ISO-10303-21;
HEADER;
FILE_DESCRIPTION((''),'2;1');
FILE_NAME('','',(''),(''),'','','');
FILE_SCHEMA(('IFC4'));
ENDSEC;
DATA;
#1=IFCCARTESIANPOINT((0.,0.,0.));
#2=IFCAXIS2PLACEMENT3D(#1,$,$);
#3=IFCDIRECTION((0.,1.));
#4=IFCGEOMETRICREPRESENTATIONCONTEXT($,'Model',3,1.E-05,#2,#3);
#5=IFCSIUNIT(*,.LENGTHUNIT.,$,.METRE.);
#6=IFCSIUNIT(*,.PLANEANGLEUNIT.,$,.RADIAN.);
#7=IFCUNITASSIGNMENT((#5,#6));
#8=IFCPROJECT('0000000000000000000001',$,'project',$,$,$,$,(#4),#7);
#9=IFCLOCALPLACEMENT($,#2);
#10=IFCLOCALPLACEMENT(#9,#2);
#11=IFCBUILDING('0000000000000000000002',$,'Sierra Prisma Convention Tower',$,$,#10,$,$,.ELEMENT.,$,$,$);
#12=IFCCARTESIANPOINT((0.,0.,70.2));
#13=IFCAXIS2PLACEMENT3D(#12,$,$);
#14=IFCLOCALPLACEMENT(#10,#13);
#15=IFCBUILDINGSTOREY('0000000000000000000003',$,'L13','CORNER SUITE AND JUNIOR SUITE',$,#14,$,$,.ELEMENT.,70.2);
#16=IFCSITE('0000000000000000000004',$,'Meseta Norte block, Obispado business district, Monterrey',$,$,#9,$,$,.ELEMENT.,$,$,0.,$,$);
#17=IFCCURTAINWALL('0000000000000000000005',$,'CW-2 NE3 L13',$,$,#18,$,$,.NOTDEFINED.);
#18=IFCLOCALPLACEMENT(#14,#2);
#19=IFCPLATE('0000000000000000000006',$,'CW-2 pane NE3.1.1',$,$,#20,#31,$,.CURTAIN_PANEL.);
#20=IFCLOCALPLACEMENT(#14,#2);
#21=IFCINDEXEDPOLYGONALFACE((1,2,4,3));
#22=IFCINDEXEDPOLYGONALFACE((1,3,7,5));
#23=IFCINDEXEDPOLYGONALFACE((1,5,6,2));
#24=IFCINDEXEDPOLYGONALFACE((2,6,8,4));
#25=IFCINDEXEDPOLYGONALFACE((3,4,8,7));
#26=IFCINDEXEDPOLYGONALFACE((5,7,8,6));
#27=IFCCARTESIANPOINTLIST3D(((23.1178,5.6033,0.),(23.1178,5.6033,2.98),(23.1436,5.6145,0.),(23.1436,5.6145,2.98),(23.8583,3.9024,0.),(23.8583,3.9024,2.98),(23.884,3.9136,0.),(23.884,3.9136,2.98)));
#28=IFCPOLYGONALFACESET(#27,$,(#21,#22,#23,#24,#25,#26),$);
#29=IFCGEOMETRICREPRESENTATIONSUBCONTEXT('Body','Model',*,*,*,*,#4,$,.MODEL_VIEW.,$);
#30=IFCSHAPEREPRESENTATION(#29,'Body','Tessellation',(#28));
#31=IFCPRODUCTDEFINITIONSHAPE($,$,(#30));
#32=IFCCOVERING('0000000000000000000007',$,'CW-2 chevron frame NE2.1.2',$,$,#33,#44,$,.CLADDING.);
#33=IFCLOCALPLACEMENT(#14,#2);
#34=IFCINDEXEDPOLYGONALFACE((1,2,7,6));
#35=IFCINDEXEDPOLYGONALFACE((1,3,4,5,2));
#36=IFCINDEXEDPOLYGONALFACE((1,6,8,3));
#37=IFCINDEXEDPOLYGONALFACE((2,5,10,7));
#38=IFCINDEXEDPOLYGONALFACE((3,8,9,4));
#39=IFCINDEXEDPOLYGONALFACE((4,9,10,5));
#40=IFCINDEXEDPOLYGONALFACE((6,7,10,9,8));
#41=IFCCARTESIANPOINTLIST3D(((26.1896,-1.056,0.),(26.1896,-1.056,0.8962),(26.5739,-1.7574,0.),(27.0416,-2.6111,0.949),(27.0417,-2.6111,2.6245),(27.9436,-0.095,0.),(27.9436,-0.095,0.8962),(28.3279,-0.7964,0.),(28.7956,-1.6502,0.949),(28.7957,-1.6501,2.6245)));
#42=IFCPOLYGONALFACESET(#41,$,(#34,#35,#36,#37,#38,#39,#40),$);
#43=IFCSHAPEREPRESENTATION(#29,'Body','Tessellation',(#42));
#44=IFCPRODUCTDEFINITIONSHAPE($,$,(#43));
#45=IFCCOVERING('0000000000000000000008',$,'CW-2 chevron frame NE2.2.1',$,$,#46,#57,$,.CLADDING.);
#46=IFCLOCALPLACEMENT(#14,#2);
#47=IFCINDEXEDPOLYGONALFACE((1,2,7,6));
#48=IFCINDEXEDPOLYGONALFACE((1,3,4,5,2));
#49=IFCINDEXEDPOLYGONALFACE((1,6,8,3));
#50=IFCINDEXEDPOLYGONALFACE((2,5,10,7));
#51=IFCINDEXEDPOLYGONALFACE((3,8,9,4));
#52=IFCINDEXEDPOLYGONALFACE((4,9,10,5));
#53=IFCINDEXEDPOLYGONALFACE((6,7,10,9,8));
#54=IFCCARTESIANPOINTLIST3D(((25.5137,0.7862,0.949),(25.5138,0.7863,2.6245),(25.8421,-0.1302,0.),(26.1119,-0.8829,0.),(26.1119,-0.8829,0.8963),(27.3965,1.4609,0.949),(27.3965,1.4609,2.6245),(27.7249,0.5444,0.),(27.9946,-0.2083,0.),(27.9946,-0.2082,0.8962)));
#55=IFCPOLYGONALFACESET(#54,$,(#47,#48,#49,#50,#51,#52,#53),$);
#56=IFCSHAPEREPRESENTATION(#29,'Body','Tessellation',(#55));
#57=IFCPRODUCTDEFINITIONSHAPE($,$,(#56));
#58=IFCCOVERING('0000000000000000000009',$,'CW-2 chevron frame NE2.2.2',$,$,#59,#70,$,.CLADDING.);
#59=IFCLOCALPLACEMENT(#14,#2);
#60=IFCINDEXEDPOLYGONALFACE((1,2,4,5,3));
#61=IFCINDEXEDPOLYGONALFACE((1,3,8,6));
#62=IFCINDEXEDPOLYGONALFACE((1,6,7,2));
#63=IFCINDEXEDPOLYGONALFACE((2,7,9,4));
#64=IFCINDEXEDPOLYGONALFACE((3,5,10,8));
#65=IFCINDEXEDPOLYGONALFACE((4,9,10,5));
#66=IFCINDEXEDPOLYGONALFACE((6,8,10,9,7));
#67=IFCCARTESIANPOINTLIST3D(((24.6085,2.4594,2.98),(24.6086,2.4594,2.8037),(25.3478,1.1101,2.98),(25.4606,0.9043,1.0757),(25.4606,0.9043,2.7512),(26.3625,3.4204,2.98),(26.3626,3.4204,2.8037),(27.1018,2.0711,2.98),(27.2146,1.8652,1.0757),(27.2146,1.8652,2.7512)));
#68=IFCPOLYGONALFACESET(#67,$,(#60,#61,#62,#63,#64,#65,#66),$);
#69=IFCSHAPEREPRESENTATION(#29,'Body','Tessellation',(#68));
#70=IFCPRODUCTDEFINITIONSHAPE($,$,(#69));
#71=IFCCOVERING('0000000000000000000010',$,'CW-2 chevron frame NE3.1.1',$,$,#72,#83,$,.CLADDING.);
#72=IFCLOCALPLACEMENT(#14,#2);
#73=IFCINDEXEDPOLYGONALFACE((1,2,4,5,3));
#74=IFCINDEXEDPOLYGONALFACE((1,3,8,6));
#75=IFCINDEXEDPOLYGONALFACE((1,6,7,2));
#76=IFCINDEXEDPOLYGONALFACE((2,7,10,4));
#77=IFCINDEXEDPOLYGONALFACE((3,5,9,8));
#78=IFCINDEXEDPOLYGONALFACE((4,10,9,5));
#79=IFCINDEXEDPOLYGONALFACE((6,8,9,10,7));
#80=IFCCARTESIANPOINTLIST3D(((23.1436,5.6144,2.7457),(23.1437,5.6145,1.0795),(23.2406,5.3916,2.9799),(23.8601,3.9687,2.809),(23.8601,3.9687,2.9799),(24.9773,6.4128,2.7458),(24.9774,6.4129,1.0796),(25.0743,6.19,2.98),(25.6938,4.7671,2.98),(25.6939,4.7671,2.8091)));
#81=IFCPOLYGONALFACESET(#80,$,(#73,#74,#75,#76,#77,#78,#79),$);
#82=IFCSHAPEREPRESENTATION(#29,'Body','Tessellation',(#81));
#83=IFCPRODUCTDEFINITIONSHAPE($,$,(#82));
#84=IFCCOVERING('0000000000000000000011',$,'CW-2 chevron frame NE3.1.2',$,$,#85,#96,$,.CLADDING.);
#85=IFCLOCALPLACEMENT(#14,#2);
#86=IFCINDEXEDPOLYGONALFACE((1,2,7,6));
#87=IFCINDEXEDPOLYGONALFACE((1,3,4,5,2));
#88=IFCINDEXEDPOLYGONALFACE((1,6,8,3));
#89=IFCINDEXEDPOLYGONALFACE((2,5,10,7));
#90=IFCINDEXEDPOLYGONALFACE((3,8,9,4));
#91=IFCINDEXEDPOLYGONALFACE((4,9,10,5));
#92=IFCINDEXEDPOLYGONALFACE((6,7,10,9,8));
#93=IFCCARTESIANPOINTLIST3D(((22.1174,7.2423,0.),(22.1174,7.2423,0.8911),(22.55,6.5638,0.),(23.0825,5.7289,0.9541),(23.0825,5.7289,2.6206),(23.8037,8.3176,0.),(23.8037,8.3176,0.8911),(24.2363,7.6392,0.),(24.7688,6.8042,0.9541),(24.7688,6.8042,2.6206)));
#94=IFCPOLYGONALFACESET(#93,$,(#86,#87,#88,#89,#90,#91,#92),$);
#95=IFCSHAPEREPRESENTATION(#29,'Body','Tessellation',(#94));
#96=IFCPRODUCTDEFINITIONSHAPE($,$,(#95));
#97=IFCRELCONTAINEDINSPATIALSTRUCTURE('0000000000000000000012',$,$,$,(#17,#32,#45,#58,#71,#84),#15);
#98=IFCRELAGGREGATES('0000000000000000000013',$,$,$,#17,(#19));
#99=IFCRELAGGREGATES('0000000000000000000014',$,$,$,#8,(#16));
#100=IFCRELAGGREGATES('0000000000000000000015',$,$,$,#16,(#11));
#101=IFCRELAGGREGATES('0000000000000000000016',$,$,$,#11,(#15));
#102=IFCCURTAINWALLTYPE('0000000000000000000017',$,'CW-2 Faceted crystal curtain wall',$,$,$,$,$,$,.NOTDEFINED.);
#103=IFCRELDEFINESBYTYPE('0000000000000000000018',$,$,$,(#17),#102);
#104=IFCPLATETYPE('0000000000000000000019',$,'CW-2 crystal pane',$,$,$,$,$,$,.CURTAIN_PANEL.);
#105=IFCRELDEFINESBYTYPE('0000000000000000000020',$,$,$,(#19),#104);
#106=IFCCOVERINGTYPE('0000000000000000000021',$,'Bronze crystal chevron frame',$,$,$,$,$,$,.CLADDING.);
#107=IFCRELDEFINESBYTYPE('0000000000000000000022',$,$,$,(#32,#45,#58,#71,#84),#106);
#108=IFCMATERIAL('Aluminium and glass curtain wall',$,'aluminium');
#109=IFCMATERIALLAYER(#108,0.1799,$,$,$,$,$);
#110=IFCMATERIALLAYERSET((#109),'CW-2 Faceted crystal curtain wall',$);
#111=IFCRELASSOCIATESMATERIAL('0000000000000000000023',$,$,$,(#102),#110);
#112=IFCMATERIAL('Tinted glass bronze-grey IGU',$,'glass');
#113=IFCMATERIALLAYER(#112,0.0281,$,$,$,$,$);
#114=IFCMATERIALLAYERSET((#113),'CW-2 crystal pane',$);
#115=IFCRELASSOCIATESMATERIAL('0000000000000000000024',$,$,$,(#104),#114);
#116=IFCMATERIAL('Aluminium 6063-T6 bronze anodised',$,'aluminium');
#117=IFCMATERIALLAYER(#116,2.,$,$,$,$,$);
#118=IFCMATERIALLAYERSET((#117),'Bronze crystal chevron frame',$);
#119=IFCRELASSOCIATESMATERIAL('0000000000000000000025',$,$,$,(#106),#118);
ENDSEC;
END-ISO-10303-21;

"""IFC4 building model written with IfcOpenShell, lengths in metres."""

from ifc_helpers import new_model, si_unit, direction, frame, origin, place, context, subcontext, project, spatial, polyline, outline, extrude, material, layer, layer_set, type_object, element, aggregate, save


model = new_model("IFC4")

# Units and contexts
model_context = context("Model", 3, precision=1e-05, world=origin(), true_north=direction((0.0, 1.0)))
body_context = subcontext(model_context, "Body", "Model", "MODEL_VIEW")
ifc_project = project(units=[si_unit("LENGTHUNIT", "METRE"), si_unit("PLANEANGLEUNIT", "RADIAN")], contexts=[model_context])

# Site, building, storey
site_placement = place(None, origin())
site = spatial("IfcSite", under=ifc_project, at=site_placement, Name="Meseta Norte block, Obispado business district, Monterrey", CompositionType="ELEMENT", RefElevation=0.0)
building_placement = place(site_placement, origin())
building = spatial("IfcBuilding", under=site, at=building_placement, Name="Sierra Prisma Convention Tower", CompositionType="ELEMENT")
storey_placement = place(building_placement, frame((0.0, 0.0, 70.2)))
storey = spatial("IfcBuildingStorey", under=building, at=storey_placement, Name="L13", Description="CORNER SUITE AND JUNIOR SUITE", CompositionType="ELEMENT", Elevation=70.2)

# Shared definitions
ifc_material_1 = material(Name="Aluminium and glass curtain wall", Category="aluminium")
ifc_layer_1 = layer(ifc_material_1, 0.1799)
ifc_layer_set_1 = layer_set([ifc_layer_1], Name="CW-2 Faceted crystal curtain wall")
curtain_wall_type = type_object("IfcCurtainWallType", Name="CW-2 Faceted crystal curtain wall", PredefinedType="NOTDEFINED", material=ifc_layer_set_1)

# Curtain wall
curtain_wall_1_placement = place(storey_placement, origin())
curtain_wall_1 = element("IfcCurtainWall", 1, at=curtain_wall_1_placement, inside=storey, type_object=curtain_wall_type, Name="CW-2 NE3 L13", PredefinedType="NOTDEFINED")

# Plate
ifc_material_2 = material(Name="Tinted glass bronze-grey IGU", Category="glass")
ifc_layer_2 = layer(ifc_material_2, 0.0281)
ifc_layer_set_2 = layer_set([ifc_layer_2], Name="CW-2 crystal pane")
plate_type = type_object("IfcPlateType", Name="CW-2 crystal pane", PredefinedType="CURTAIN_PANEL", material=ifc_layer_set_2)
plate_1_placement = place(storey_placement, frame((23.884, 3.9136, 0.0), z_axis=(0.916884, 0.399154, 0.0), x_axis=(-0.399154, 0.916884, 0.0)))
plate_1 = element("IfcPlate", 2, at=plate_1_placement, type_object=plate_type, Name="CW-2 pane NE3.1.1", PredefinedType="CURTAIN_PANEL", context=body_context, shape_type="SweptSolid", body=[
    extrude(outline(polyline([(0.0, 0.0), (1.8551, 0.0), (1.8551, 2.98), (0.0, 2.98), (0.0, 0.0)])), origin(), (0.0, 0.0, -1.0), 0.0281),
])
aggregate(curtain_wall_1, [plate_1])

# Coverings
ifc_material_3 = material(Name="Aluminium 6063-T6 bronze anodised", Category="aluminium")
ifc_layer_3 = layer(ifc_material_3, 2.0)
ifc_layer_set_3 = layer_set([ifc_layer_3], Name="Bronze crystal chevron frame")
covering_type = type_object("IfcCoveringType", Name="Bronze crystal chevron frame", PredefinedType="CLADDING", material=ifc_layer_set_3)
covering_1_placement = place(storey_placement, frame((28.7957, -1.6501, 2.6245), z_axis=(0.877001, 0.480489, -0.000004), x_axis=(-0.000004, -0.000002, -1.0)))
element("IfcCovering", 3, at=covering_1_placement, inside=storey, type_object=covering_type, Name="CW-2 chevron frame NE2.1.2", PredefinedType="CLADDING", context=body_context, shape_type="SweptSolid", body=[
    extrude(outline(polyline([(0.0, 0.0), (1.6755, 0.0), (2.6245, 0.9735), (2.6245, 1.7733), (1.7283, 1.7733), (0.0, 0.0)])), origin(), (0.0, 0.0, -1.0), 2.0),
])
covering_2_placement = place(storey_placement, frame((27.9946, -0.2083, 0.0), z_axis=(0.94138, 0.337348, -0.000017), x_axis=(-0.337348, 0.94138, 0.0)))
element("IfcCovering", 4, at=covering_2_placement, inside=storey, type_object=covering_type, Name="CW-2 chevron frame NE2.2.1", PredefinedType="CLADDING", context=body_context, shape_type="SweptSolid", body=[
    extrude(outline(polyline([(0.0, 0.0), (0.7996, 0.0), (1.7731, 0.949), (1.7731, 2.6245), (0.0, 0.8962), (0.0, 0.0)])), origin(), (0.0, 0.0, -1.0), 2.0),
])
covering_3_placement = place(storey_placement, frame((26.3625, 3.4204, 2.98), z_axis=(0.877, 0.48049, 0.000014), x_axis=(0.48049, -0.877, 0.0)))
element("IfcCovering", 5, at=covering_3_placement, inside=storey, type_object=covering_type, Name="CW-2 chevron frame NE2.2.2", PredefinedType="CLADDING", context=body_context, shape_type="SweptSolid", body=[
    extrude(outline(polyline([(0.0, 0.0), (1.5386, 0.0), (1.7733, 0.2288), (1.7733, 1.9043), (0.0, 0.1763), (0.0, 0.0)])), origin(), (0.0, 0.0, -1.0), 2.0),
])
covering_4_placement = place(storey_placement, frame((25.6938, 4.7671, 2.98), z_axis=(0.916862, 0.399205, 0.000057), x_axis=(0.000052, 0.000023, -1.0)))
element("IfcCovering", 6, at=covering_4_placement, inside=storey, type_object=covering_type, Name="CW-2 chevron frame NE3.1.1", PredefinedType="CLADDING", context=body_context, shape_type="SweptSolid", body=[
    extrude(outline(polyline([(0.0, 0.0), (0.1709, 0.0), (1.9004, 1.795), (0.2341, 1.795), (0.0, 1.5519), (0.0, 0.0)])), origin(), (0.0, 0.0, -1.0), 2.0),
])
covering_5_placement = place(storey_placement, frame((24.7688, 6.8042, 2.6206), z_axis=(0.843159, 0.537664, -0.000008), x_axis=(-0.000007, -0.000005, -1.0)))
element("IfcCovering", 7, at=covering_5_placement, inside=storey, type_object=covering_type, Name="CW-2 chevron frame NE3.1.2", PredefinedType="CLADDING", context=body_context, shape_type="SweptSolid", body=[
    extrude(outline(polyline([(0.0, 0.0), (1.6665, 0.0), (2.6206, 0.9903), (2.6206, 1.795), (1.7295, 1.795), (0.0, 0.0)])), origin(), (0.0, 0.0, -1.0), 2.0),
])

save(model, "model.ifc")
